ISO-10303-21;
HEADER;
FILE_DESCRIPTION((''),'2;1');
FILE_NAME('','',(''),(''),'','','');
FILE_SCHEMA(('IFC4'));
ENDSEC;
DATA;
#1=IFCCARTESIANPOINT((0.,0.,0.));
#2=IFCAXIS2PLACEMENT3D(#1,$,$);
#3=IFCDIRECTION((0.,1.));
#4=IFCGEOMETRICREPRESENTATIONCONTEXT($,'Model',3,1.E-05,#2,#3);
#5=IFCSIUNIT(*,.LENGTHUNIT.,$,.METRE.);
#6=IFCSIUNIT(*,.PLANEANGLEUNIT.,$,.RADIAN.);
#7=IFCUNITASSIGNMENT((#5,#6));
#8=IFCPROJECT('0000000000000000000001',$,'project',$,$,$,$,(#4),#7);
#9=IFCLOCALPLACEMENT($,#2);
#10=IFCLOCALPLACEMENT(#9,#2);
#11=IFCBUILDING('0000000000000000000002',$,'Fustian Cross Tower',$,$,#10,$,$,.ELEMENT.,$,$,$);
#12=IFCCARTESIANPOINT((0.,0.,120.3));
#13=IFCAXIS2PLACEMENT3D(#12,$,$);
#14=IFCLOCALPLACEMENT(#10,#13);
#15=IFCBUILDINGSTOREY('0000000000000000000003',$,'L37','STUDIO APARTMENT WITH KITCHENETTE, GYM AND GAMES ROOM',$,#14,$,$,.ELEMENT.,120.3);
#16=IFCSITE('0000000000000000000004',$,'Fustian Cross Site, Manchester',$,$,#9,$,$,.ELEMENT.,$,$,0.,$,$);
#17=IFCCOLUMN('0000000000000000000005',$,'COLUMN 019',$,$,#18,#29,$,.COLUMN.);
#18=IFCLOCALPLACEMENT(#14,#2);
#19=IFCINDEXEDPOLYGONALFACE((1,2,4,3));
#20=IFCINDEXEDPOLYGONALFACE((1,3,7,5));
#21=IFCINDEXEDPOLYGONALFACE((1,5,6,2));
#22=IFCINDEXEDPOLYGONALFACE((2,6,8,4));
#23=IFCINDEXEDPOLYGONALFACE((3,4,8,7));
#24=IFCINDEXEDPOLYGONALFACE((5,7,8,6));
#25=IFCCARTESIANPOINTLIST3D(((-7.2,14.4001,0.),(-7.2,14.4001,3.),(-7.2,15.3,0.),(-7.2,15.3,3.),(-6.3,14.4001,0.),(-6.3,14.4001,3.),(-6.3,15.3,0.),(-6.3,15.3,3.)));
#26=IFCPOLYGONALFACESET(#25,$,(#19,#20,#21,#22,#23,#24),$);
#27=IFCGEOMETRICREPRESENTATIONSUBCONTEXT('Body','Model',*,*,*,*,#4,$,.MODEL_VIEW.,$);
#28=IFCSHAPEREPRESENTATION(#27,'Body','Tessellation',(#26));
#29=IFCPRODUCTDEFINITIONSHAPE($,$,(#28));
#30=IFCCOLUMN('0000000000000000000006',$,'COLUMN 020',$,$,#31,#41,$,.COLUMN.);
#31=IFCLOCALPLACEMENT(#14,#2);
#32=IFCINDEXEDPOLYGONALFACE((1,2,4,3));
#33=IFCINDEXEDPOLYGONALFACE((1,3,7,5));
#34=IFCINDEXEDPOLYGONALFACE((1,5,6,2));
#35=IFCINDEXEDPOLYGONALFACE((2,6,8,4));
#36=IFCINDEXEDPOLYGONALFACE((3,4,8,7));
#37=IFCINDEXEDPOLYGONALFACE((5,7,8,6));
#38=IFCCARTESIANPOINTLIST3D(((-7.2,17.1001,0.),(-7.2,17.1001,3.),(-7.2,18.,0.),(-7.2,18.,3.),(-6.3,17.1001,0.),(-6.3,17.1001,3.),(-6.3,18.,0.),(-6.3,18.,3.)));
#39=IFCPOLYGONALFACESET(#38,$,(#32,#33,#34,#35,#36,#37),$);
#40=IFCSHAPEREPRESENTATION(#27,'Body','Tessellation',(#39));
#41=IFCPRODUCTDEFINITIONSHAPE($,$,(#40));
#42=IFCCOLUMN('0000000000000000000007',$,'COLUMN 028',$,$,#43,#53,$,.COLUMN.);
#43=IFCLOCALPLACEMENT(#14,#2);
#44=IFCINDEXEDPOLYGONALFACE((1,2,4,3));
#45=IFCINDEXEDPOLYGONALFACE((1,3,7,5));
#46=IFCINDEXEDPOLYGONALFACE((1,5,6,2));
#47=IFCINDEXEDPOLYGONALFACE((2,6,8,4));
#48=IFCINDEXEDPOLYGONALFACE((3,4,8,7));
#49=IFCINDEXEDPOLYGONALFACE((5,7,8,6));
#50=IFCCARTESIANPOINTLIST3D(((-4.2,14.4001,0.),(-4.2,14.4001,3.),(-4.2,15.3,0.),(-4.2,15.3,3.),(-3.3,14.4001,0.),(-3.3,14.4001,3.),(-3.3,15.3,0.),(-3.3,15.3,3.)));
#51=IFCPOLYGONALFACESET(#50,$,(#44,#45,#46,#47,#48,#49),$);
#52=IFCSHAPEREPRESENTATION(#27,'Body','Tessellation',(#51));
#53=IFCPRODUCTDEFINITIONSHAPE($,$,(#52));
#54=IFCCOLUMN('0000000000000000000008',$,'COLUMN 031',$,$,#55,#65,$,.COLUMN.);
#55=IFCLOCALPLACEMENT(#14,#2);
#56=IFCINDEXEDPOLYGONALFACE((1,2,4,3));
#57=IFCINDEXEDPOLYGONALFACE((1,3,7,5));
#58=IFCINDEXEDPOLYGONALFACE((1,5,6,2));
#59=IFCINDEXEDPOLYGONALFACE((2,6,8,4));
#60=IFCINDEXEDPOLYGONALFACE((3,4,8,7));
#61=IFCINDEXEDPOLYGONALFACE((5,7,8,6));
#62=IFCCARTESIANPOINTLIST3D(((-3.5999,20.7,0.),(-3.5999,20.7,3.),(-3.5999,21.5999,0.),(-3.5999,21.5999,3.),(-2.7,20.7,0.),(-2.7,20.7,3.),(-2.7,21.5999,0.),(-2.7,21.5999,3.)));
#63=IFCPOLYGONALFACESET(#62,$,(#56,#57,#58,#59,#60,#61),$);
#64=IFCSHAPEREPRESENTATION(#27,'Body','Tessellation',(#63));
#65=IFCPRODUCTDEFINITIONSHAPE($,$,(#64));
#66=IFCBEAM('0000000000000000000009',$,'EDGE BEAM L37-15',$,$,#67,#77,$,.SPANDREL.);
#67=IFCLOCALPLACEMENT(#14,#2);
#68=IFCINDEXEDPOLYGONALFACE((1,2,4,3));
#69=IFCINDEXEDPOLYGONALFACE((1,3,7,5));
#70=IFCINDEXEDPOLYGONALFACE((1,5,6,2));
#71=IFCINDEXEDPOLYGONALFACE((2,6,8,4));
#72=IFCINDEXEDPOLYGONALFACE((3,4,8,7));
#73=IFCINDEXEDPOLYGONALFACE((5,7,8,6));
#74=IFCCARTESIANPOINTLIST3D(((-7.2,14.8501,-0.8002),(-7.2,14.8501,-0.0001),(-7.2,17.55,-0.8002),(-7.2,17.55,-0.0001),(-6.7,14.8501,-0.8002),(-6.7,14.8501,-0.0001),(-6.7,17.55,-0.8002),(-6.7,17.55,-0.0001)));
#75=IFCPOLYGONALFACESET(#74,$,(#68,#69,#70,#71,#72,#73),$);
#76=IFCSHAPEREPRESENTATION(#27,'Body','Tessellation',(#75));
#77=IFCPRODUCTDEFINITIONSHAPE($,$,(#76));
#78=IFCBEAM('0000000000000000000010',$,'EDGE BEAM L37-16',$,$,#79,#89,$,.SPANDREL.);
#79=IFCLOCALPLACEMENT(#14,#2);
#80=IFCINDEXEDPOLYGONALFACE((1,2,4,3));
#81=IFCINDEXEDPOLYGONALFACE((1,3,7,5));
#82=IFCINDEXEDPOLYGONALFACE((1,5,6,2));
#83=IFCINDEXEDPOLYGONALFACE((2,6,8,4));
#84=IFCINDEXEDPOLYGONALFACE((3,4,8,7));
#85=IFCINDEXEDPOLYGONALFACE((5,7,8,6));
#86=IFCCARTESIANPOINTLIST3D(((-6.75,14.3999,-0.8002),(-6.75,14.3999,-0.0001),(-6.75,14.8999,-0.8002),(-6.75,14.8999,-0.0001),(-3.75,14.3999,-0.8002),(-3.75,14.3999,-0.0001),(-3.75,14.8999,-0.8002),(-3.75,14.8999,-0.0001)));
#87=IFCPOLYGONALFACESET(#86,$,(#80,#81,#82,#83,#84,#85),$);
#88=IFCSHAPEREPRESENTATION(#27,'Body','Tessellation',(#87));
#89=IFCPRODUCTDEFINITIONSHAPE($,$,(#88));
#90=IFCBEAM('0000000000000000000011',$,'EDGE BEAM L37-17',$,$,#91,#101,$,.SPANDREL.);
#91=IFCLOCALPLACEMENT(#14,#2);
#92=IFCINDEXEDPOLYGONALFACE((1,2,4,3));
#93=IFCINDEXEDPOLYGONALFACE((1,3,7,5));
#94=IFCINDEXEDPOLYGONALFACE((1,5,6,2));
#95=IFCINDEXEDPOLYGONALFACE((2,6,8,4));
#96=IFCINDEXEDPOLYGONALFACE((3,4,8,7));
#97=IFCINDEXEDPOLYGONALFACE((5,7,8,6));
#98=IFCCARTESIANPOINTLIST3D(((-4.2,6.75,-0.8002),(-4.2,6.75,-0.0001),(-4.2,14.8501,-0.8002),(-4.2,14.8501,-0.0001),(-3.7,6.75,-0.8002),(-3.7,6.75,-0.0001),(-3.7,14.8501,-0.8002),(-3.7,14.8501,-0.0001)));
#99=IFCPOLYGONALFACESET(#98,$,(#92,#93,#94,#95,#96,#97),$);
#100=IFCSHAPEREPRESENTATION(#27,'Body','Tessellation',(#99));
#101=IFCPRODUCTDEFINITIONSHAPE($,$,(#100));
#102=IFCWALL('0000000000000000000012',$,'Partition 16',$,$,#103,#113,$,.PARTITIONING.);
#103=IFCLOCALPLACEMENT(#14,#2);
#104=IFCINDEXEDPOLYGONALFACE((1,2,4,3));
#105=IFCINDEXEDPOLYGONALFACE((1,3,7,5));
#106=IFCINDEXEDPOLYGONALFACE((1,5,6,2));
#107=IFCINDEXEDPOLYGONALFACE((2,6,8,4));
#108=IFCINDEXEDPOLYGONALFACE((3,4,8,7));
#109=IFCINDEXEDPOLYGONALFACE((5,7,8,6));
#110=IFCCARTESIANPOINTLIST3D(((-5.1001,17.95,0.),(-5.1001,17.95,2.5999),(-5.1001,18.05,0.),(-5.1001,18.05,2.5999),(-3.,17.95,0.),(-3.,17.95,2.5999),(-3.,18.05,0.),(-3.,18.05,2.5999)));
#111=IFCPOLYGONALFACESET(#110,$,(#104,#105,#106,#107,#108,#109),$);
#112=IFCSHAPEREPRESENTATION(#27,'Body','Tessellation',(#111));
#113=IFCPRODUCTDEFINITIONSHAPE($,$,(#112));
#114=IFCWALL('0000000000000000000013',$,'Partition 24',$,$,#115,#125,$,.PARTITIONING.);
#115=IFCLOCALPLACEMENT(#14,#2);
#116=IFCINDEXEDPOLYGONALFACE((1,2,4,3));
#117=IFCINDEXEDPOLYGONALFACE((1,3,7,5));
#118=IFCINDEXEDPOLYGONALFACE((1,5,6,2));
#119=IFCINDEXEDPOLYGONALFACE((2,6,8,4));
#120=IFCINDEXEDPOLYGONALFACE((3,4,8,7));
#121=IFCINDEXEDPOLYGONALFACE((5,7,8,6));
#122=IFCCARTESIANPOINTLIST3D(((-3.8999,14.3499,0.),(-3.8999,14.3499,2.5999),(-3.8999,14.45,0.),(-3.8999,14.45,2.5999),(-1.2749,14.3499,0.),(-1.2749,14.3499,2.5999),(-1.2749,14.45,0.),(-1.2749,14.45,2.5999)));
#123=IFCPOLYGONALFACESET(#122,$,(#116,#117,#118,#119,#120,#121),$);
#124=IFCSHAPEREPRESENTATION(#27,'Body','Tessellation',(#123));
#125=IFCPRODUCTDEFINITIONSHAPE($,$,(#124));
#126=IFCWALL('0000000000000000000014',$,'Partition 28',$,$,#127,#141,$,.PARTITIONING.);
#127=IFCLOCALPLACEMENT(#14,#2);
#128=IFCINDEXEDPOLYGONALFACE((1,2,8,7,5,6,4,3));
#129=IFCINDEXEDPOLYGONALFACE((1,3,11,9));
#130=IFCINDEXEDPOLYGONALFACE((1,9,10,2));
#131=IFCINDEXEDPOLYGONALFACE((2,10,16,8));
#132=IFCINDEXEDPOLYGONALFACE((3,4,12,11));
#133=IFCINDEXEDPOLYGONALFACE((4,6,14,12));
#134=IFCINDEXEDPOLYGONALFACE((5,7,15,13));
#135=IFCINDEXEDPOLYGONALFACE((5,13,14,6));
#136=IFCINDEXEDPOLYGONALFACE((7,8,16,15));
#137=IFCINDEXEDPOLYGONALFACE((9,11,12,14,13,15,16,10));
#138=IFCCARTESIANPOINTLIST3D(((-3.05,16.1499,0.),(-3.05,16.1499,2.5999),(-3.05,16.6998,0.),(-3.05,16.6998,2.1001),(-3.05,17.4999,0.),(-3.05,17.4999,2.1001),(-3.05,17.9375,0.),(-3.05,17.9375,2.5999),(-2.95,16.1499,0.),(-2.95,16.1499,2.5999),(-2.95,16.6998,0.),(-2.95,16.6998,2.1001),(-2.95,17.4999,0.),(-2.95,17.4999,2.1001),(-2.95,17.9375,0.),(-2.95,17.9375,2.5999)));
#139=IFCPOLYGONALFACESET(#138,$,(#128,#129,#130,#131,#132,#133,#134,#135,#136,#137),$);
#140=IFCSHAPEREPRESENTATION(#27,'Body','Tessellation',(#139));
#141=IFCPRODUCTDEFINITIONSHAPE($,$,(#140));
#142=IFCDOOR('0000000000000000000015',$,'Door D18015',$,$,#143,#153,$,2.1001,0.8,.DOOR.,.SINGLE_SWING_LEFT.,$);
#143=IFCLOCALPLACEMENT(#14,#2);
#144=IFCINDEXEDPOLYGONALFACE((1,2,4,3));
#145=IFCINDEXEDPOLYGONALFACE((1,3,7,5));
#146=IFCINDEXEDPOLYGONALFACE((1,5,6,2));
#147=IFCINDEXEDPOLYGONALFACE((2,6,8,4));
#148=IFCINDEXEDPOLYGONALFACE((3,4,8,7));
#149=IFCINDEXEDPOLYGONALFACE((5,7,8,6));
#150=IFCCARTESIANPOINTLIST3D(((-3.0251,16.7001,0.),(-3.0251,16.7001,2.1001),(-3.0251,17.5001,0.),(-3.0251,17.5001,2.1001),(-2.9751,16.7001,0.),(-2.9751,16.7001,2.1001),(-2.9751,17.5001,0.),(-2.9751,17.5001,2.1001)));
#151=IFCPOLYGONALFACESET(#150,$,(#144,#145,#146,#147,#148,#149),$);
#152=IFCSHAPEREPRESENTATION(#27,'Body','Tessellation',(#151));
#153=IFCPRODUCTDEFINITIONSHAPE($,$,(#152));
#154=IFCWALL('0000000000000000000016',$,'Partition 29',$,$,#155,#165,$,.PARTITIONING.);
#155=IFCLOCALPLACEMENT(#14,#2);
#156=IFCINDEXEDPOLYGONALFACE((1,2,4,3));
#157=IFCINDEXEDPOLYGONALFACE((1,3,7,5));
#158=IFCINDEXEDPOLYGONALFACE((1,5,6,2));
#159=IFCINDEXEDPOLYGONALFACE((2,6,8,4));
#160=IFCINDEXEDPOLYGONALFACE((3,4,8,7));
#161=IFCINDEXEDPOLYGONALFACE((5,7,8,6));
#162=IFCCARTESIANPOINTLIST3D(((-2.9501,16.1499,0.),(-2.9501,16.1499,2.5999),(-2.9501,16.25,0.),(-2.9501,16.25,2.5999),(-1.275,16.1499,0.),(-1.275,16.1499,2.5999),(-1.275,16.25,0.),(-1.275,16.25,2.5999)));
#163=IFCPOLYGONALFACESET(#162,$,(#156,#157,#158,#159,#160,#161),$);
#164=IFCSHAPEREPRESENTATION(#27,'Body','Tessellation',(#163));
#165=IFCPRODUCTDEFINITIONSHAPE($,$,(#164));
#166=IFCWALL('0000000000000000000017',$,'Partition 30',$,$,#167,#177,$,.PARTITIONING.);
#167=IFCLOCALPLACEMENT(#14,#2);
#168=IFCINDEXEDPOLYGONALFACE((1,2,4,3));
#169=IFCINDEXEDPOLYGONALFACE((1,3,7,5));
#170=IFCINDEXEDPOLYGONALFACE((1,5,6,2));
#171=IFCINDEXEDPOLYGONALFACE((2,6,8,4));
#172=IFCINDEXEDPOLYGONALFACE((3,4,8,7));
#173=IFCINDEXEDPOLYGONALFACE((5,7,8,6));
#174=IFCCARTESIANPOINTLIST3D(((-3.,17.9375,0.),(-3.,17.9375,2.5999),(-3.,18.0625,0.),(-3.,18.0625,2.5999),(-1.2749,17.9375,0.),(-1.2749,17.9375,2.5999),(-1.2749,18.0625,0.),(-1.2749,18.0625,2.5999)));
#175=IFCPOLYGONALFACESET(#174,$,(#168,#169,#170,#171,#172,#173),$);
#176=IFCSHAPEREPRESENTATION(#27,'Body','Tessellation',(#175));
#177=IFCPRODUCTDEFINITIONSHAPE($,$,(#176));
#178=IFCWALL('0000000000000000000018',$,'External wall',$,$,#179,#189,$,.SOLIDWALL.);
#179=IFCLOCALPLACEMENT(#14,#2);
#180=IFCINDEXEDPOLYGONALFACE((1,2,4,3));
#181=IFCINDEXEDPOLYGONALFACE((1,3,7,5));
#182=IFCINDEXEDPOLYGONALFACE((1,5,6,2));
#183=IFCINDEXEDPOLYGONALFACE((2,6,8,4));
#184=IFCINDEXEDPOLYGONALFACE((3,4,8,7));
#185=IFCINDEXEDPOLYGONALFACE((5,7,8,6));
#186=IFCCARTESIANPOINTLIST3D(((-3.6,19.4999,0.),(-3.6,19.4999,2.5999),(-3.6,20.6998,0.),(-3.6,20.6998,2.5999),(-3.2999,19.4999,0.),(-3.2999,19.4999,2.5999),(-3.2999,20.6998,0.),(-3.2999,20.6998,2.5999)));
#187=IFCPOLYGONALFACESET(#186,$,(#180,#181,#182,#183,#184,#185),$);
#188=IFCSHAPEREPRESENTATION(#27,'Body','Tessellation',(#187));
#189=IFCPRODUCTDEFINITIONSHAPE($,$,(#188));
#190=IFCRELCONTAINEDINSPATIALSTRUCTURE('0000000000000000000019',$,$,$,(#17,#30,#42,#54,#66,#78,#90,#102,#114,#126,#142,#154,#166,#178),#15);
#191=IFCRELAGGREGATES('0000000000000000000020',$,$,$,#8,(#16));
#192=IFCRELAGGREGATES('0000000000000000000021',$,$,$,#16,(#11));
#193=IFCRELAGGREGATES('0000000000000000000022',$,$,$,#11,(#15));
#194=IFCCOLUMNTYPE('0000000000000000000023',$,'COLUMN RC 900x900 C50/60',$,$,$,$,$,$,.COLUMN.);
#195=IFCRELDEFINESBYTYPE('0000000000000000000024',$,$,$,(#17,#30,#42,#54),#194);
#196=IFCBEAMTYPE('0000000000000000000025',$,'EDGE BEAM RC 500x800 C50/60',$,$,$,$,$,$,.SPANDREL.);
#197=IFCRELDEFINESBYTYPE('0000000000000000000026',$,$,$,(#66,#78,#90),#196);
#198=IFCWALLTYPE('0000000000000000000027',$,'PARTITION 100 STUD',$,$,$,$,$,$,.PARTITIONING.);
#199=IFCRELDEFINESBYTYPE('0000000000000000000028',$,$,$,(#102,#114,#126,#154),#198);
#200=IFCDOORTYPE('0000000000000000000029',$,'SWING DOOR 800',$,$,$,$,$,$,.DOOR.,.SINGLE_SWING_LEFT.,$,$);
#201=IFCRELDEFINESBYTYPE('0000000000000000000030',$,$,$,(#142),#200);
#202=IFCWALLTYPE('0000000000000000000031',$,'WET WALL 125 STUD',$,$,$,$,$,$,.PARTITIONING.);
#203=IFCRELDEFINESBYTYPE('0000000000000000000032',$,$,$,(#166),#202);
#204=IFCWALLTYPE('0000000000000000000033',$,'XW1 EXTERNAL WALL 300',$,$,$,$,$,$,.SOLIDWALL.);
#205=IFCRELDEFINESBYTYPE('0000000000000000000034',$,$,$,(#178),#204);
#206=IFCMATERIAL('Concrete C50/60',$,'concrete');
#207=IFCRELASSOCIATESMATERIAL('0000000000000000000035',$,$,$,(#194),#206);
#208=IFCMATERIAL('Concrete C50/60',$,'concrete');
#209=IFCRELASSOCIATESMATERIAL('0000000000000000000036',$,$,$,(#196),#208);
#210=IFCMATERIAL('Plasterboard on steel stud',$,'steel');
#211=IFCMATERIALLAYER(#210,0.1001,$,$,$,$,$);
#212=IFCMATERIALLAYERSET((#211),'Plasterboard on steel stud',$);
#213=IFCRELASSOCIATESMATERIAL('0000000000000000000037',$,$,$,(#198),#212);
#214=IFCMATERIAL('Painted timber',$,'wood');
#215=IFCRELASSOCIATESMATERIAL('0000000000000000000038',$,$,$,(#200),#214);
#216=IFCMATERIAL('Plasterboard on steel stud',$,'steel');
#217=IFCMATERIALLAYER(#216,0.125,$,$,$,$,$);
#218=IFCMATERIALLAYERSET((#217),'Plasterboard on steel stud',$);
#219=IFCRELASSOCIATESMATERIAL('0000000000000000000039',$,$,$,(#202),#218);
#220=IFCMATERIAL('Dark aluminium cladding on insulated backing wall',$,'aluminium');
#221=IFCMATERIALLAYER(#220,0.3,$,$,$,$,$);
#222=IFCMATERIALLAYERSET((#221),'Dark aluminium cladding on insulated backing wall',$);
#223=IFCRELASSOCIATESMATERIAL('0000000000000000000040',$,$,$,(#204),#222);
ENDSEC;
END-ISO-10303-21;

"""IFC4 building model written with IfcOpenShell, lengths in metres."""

from ifc_helpers import new_model, si_unit, direction, frame, frame_2d, origin, origin_2d, place, context, subcontext, project, spatial, rectangle, extrude, material, layer, layer_set, material_profile, profile_set, type_object, element, fill, save


model = new_model("IFC4")

# Units and contexts
model_context = context("Model", 3, precision=1e-05, world=origin(), true_north=direction((0.0, 1.0)))
body_context = subcontext(model_context, "Body", "Model", "MODEL_VIEW")
ifc_project = project(units=[si_unit("LENGTHUNIT", "METRE"), si_unit("PLANEANGLEUNIT", "RADIAN")], contexts=[model_context])

# Site, building, storey
site_placement = place(None, origin())
site = spatial("IfcSite", under=ifc_project, at=site_placement, Name="Fustian Cross Site, Manchester", CompositionType="ELEMENT", RefElevation=0.0)
building_placement = place(site_placement, origin())
building = spatial("IfcBuilding", under=site, at=building_placement, Name="Fustian Cross Tower", CompositionType="ELEMENT")
storey_placement = place(building_placement, frame((0.0, 0.0, 120.3)))
storey = spatial("IfcBuildingStorey", under=building, at=storey_placement, Name="L37", Description="STUDIO APARTMENT WITH KITCHENETTE, GYM AND GAMES ROOM", CompositionType="ELEMENT", Elevation=120.3)

# Columns
ifc_material_1 = material(Name="Concrete C50/60", Category="concrete")
ifc_material_profile_1 = material_profile(ifc_material_1, rectangle(XDim=0.8999, YDim=0.8999, at=origin_2d()), Name="RC 900x900")
ifc_profile_set_1 = profile_set([ifc_material_profile_1], Name="Concrete C50/60")
column_type = type_object("IfcColumnType", Name="COLUMN RC 900x900 C50/60", PredefinedType="COLUMN", material=ifc_profile_set_1)
for number, where, z_axis, x_axis, name in (
    (1, (-6.75, 14.8501, 0.0), (0.0, 0.0, 1.0), (1.0, 0.0, 0.0), "COLUMN 019"),
    (2, (-6.75, 17.55, 0.0), (0.0, 0.0, 1.0), (1.0, 0.0, 0.0), "COLUMN 020"),
    (3, (-3.75, 14.8501, 0.0), (0.0, 0.0, 1.0), (1.0, 0.0, 0.0), "COLUMN 028"),
    (4, (-3.1499, 21.1499, 0.0), (0.0, 0.0, 1.0), (1.0, 0.0, 0.0), "COLUMN 031"),
):
    element("IfcColumn", number, at=place(storey_placement, frame(where, z_axis=z_axis, x_axis=x_axis)), inside=storey, type_object=column_type, Name=name, PredefinedType="COLUMN", context=body_context, shape_type="SweptSolid", body=[
        extrude(rectangle(XDim=0.8999, YDim=0.8999, at=origin_2d()), origin(), (0.0, 0.0, 1.0), 3.0),
    ])

# Beams
ifc_material_2 = material(Name="Concrete C50/60", Category="concrete")
ifc_material_profile_2 = material_profile(ifc_material_2, rectangle(XDim=0.5, YDim=0.8, at=origin_2d()), Name="RC 500x800")
ifc_profile_set_2 = profile_set([ifc_material_profile_2], Name="Concrete C50/60")
beam_type = type_object("IfcBeamType", Name="EDGE BEAM RC 500x800 C50/60", PredefinedType="SPANDREL", material=ifc_profile_set_2)
beam_1_placement = place(storey_placement, frame((-6.95, 17.55, -0.4001), z_axis=(0.0, -1.0, 0.0), x_axis=(1.0, 0.0, 0.0)))
element("IfcBeam", 5, at=beam_1_placement, inside=storey, type_object=beam_type, Name="EDGE BEAM L37-15", PredefinedType="SPANDREL", context=body_context, shape_type="SweptSolid", body=[
    extrude(rectangle(XDim=0.5, YDim=0.8, at=origin_2d()), origin(), (0.0, 0.0, 1.0), 2.7),
])
beam_2_placement = place(storey_placement, frame((-6.75, 14.6499, -0.4001), z_axis=(1.0, 0.0, 0.0), x_axis=(0.0, 1.0, 0.0)))
element("IfcBeam", 6, at=beam_2_placement, inside=storey, type_object=beam_type, Name="EDGE BEAM L37-16", PredefinedType="SPANDREL", context=body_context, shape_type="SweptSolid", body=[
    extrude(rectangle(XDim=0.5, YDim=0.8, at=origin_2d()), origin(), (0.0, 0.0, 1.0), 3.0),
])
beam_3_placement = place(storey_placement, frame((-3.95, 14.8501, -0.4001), z_axis=(0.0, -1.0, 0.0), x_axis=(1.0, 0.0, 0.0)))
element("IfcBeam", 7, at=beam_3_placement, inside=storey, type_object=beam_type, Name="EDGE BEAM L37-17", PredefinedType="SPANDREL", context=body_context, shape_type="SweptSolid", body=[
    extrude(rectangle(XDim=0.5, YDim=0.8, at=origin_2d()), origin(), (0.0, 0.0, 1.0), 8.1001),
])

# Walls
ifc_material_3 = material(Name="Plasterboard on steel stud", Category="steel")
ifc_layer_1 = layer(ifc_material_3, 0.1001)
ifc_layer_set_1 = layer_set([ifc_layer_1], Name="Plasterboard on steel stud")
wall_type_1 = type_object("IfcWallType", Name="PARTITION 100 STUD", PredefinedType="PARTITIONING", material=ifc_layer_set_1)
wall_1_placement = place(storey_placement, frame((-5.1001, 18.0, 0.0), z_axis=(0.0, 0.0, 1.0), x_axis=(1.0, 0.0, 0.0)))
element("IfcWall", 8, at=wall_1_placement, inside=storey, type_object=wall_type_1, Name="Partition 16", PredefinedType="PARTITIONING", context=body_context, shape_type="SweptSolid", body=[
    extrude(rectangle(XDim=2.1001, YDim=0.1001, at=frame_2d((1.05, 0.0))), origin(), (0.0, 0.0, 1.0), 2.5999),
])
wall_2_placement = place(storey_placement, frame((-3.8999, 14.3999, 0.0), z_axis=(0.0, 0.0, 1.0), x_axis=(1.0, 0.0, 0.0)))
element("IfcWall", 9, at=wall_2_placement, inside=storey, type_object=wall_type_1, Name="Partition 24", PredefinedType="PARTITIONING", context=body_context, shape_type="SweptSolid", body=[
    extrude(rectangle(XDim=2.625, YDim=0.1001, at=frame_2d((1.3125, 0.0))), origin(), (0.0, 0.0, 1.0), 2.5999),
])

# Wall, opening, door
wall_3_placement = place(storey_placement, frame((-3.0, 16.1499, 0.0), z_axis=(0.0, 0.0, 1.0), x_axis=(0.0, 1.0, 0.0)))
wall_3 = element("IfcWall", 10, at=wall_3_placement, inside=storey, type_object=wall_type_1, Name="Partition 28", PredefinedType="PARTITIONING", context=body_context, shape_type="SweptSolid", body=[
    extrude(rectangle(XDim=1.7876, YDim=0.1001, at=frame_2d((0.8938, 0.0))), origin(), (0.0, 0.0, 1.0), 2.5999),
])
opening_1_placement = place(wall_3_placement, frame((0.55, 0.0, 0.0)))
opening_1 = element("IfcOpeningElement", 11, at=opening_1_placement, cuts=wall_3, PredefinedType="OPENING", context=body_context, shape_type="SweptSolid", body=[
    extrude(rectangle(XDim=0.8, YDim=2.1001, at=frame_2d((0.3999, 1.05))), frame((0.0, 0.0601, 0.0), z_axis=(0.0, -1.0, 0.0), x_axis=(1.0, 0.0, 0.0)), (0.0, 0.0, 1.0), 0.1201),
])
ifc_material_4 = material(Name="Painted timber", Category="wood")
door_type_1 = type_object("IfcDoorType", Name="SWING DOOR 800", OperationType="SINGLE_SWING_LEFT", PredefinedType="DOOR", material=ifc_material_4)
door_1_placement = place(opening_1_placement, frame((0.8, 0.0, 0.0), z_axis=(0.0, 0.0, 1.0), x_axis=(-1.0, 0.0, 0.0)))
door_1 = element("IfcDoor", 12, at=door_1_placement, inside=storey, type_object=door_type_1, Name="Door D18015", OperationType="SINGLE_SWING_LEFT", OverallHeight=2.1001, OverallWidth=0.8, PredefinedType="DOOR", context=body_context, shape_type="SweptSolid", body=[
    extrude(rectangle(XDim=0.8, YDim=2.1001, at=frame_2d((0.3999, 1.05))), frame((0.0, 0.0249, 0.0), z_axis=(0.0, -1.0, 0.0), x_axis=(1.0, 0.0, 0.0)), (0.0, 0.0, 1.0), 0.05),
])
fill(opening_1, door_1)

# Walls
wall_4_placement = place(storey_placement, frame((-2.95, 16.2, 0.0), z_axis=(0.0, 0.0, 1.0), x_axis=(1.0, 0.0, 0.0)))
element("IfcWall", 13, at=wall_4_placement, inside=storey, type_object=wall_type_1, Name="Partition 29", PredefinedType="PARTITIONING", context=body_context, shape_type="SweptSolid", body=[
    extrude(rectangle(XDim=1.675, YDim=0.1001, at=frame_2d((0.8374, 0.0))), origin(), (0.0, 0.0, 1.0), 2.5999),
])
ifc_material_5 = material(Name="Plasterboard on steel stud", Category="steel")
ifc_layer_2 = layer(ifc_material_5, 0.125)
ifc_layer_set_2 = layer_set([ifc_layer_2], Name="Plasterboard on steel stud")
wall_type_2 = type_object("IfcWallType", Name="WET WALL 125 STUD", PredefinedType="PARTITIONING", material=ifc_layer_set_2)
wall_5_placement = place(storey_placement, frame((-3.0, 18.0, 0.0), z_axis=(0.0, 0.0, 1.0), x_axis=(1.0, 0.0, 0.0)))
element("IfcWall", 14, at=wall_5_placement, inside=storey, type_object=wall_type_2, Name="Partition 30", PredefinedType="PARTITIONING", context=body_context, shape_type="SweptSolid", body=[
    extrude(rectangle(XDim=1.7251, YDim=0.125, at=frame_2d((0.8625, 0.0))), origin(), (0.0, 0.0, 1.0), 2.5999),
])
ifc_material_6 = material(Name="Dark aluminium cladding on insulated backing wall", Category="aluminium")
ifc_layer_3 = layer(ifc_material_6, 0.3)
ifc_layer_set_3 = layer_set([ifc_layer_3], Name="Dark aluminium cladding on insulated backing wall")
wall_type_3 = type_object("IfcWallType", Name="XW1 EXTERNAL WALL 300", PredefinedType="SOLIDWALL", material=ifc_layer_set_3)
wall_6_placement = place(storey_placement, frame((-3.45, 20.7, 0.0), z_axis=(0.0, 0.0, 1.0), x_axis=(0.0, -1.0, 0.0)))
element("IfcWall", 15, at=wall_6_placement, inside=storey, type_object=wall_type_3, Name="External wall", PredefinedType="SOLIDWALL", context=body_context, shape_type="SweptSolid", body=[
    extrude(rectangle(XDim=1.2, YDim=0.3, at=frame_2d((0.6001, 0.0))), origin(), (0.0, 0.0, 1.0), 2.5999),
])

save(model, "model.ifc")
